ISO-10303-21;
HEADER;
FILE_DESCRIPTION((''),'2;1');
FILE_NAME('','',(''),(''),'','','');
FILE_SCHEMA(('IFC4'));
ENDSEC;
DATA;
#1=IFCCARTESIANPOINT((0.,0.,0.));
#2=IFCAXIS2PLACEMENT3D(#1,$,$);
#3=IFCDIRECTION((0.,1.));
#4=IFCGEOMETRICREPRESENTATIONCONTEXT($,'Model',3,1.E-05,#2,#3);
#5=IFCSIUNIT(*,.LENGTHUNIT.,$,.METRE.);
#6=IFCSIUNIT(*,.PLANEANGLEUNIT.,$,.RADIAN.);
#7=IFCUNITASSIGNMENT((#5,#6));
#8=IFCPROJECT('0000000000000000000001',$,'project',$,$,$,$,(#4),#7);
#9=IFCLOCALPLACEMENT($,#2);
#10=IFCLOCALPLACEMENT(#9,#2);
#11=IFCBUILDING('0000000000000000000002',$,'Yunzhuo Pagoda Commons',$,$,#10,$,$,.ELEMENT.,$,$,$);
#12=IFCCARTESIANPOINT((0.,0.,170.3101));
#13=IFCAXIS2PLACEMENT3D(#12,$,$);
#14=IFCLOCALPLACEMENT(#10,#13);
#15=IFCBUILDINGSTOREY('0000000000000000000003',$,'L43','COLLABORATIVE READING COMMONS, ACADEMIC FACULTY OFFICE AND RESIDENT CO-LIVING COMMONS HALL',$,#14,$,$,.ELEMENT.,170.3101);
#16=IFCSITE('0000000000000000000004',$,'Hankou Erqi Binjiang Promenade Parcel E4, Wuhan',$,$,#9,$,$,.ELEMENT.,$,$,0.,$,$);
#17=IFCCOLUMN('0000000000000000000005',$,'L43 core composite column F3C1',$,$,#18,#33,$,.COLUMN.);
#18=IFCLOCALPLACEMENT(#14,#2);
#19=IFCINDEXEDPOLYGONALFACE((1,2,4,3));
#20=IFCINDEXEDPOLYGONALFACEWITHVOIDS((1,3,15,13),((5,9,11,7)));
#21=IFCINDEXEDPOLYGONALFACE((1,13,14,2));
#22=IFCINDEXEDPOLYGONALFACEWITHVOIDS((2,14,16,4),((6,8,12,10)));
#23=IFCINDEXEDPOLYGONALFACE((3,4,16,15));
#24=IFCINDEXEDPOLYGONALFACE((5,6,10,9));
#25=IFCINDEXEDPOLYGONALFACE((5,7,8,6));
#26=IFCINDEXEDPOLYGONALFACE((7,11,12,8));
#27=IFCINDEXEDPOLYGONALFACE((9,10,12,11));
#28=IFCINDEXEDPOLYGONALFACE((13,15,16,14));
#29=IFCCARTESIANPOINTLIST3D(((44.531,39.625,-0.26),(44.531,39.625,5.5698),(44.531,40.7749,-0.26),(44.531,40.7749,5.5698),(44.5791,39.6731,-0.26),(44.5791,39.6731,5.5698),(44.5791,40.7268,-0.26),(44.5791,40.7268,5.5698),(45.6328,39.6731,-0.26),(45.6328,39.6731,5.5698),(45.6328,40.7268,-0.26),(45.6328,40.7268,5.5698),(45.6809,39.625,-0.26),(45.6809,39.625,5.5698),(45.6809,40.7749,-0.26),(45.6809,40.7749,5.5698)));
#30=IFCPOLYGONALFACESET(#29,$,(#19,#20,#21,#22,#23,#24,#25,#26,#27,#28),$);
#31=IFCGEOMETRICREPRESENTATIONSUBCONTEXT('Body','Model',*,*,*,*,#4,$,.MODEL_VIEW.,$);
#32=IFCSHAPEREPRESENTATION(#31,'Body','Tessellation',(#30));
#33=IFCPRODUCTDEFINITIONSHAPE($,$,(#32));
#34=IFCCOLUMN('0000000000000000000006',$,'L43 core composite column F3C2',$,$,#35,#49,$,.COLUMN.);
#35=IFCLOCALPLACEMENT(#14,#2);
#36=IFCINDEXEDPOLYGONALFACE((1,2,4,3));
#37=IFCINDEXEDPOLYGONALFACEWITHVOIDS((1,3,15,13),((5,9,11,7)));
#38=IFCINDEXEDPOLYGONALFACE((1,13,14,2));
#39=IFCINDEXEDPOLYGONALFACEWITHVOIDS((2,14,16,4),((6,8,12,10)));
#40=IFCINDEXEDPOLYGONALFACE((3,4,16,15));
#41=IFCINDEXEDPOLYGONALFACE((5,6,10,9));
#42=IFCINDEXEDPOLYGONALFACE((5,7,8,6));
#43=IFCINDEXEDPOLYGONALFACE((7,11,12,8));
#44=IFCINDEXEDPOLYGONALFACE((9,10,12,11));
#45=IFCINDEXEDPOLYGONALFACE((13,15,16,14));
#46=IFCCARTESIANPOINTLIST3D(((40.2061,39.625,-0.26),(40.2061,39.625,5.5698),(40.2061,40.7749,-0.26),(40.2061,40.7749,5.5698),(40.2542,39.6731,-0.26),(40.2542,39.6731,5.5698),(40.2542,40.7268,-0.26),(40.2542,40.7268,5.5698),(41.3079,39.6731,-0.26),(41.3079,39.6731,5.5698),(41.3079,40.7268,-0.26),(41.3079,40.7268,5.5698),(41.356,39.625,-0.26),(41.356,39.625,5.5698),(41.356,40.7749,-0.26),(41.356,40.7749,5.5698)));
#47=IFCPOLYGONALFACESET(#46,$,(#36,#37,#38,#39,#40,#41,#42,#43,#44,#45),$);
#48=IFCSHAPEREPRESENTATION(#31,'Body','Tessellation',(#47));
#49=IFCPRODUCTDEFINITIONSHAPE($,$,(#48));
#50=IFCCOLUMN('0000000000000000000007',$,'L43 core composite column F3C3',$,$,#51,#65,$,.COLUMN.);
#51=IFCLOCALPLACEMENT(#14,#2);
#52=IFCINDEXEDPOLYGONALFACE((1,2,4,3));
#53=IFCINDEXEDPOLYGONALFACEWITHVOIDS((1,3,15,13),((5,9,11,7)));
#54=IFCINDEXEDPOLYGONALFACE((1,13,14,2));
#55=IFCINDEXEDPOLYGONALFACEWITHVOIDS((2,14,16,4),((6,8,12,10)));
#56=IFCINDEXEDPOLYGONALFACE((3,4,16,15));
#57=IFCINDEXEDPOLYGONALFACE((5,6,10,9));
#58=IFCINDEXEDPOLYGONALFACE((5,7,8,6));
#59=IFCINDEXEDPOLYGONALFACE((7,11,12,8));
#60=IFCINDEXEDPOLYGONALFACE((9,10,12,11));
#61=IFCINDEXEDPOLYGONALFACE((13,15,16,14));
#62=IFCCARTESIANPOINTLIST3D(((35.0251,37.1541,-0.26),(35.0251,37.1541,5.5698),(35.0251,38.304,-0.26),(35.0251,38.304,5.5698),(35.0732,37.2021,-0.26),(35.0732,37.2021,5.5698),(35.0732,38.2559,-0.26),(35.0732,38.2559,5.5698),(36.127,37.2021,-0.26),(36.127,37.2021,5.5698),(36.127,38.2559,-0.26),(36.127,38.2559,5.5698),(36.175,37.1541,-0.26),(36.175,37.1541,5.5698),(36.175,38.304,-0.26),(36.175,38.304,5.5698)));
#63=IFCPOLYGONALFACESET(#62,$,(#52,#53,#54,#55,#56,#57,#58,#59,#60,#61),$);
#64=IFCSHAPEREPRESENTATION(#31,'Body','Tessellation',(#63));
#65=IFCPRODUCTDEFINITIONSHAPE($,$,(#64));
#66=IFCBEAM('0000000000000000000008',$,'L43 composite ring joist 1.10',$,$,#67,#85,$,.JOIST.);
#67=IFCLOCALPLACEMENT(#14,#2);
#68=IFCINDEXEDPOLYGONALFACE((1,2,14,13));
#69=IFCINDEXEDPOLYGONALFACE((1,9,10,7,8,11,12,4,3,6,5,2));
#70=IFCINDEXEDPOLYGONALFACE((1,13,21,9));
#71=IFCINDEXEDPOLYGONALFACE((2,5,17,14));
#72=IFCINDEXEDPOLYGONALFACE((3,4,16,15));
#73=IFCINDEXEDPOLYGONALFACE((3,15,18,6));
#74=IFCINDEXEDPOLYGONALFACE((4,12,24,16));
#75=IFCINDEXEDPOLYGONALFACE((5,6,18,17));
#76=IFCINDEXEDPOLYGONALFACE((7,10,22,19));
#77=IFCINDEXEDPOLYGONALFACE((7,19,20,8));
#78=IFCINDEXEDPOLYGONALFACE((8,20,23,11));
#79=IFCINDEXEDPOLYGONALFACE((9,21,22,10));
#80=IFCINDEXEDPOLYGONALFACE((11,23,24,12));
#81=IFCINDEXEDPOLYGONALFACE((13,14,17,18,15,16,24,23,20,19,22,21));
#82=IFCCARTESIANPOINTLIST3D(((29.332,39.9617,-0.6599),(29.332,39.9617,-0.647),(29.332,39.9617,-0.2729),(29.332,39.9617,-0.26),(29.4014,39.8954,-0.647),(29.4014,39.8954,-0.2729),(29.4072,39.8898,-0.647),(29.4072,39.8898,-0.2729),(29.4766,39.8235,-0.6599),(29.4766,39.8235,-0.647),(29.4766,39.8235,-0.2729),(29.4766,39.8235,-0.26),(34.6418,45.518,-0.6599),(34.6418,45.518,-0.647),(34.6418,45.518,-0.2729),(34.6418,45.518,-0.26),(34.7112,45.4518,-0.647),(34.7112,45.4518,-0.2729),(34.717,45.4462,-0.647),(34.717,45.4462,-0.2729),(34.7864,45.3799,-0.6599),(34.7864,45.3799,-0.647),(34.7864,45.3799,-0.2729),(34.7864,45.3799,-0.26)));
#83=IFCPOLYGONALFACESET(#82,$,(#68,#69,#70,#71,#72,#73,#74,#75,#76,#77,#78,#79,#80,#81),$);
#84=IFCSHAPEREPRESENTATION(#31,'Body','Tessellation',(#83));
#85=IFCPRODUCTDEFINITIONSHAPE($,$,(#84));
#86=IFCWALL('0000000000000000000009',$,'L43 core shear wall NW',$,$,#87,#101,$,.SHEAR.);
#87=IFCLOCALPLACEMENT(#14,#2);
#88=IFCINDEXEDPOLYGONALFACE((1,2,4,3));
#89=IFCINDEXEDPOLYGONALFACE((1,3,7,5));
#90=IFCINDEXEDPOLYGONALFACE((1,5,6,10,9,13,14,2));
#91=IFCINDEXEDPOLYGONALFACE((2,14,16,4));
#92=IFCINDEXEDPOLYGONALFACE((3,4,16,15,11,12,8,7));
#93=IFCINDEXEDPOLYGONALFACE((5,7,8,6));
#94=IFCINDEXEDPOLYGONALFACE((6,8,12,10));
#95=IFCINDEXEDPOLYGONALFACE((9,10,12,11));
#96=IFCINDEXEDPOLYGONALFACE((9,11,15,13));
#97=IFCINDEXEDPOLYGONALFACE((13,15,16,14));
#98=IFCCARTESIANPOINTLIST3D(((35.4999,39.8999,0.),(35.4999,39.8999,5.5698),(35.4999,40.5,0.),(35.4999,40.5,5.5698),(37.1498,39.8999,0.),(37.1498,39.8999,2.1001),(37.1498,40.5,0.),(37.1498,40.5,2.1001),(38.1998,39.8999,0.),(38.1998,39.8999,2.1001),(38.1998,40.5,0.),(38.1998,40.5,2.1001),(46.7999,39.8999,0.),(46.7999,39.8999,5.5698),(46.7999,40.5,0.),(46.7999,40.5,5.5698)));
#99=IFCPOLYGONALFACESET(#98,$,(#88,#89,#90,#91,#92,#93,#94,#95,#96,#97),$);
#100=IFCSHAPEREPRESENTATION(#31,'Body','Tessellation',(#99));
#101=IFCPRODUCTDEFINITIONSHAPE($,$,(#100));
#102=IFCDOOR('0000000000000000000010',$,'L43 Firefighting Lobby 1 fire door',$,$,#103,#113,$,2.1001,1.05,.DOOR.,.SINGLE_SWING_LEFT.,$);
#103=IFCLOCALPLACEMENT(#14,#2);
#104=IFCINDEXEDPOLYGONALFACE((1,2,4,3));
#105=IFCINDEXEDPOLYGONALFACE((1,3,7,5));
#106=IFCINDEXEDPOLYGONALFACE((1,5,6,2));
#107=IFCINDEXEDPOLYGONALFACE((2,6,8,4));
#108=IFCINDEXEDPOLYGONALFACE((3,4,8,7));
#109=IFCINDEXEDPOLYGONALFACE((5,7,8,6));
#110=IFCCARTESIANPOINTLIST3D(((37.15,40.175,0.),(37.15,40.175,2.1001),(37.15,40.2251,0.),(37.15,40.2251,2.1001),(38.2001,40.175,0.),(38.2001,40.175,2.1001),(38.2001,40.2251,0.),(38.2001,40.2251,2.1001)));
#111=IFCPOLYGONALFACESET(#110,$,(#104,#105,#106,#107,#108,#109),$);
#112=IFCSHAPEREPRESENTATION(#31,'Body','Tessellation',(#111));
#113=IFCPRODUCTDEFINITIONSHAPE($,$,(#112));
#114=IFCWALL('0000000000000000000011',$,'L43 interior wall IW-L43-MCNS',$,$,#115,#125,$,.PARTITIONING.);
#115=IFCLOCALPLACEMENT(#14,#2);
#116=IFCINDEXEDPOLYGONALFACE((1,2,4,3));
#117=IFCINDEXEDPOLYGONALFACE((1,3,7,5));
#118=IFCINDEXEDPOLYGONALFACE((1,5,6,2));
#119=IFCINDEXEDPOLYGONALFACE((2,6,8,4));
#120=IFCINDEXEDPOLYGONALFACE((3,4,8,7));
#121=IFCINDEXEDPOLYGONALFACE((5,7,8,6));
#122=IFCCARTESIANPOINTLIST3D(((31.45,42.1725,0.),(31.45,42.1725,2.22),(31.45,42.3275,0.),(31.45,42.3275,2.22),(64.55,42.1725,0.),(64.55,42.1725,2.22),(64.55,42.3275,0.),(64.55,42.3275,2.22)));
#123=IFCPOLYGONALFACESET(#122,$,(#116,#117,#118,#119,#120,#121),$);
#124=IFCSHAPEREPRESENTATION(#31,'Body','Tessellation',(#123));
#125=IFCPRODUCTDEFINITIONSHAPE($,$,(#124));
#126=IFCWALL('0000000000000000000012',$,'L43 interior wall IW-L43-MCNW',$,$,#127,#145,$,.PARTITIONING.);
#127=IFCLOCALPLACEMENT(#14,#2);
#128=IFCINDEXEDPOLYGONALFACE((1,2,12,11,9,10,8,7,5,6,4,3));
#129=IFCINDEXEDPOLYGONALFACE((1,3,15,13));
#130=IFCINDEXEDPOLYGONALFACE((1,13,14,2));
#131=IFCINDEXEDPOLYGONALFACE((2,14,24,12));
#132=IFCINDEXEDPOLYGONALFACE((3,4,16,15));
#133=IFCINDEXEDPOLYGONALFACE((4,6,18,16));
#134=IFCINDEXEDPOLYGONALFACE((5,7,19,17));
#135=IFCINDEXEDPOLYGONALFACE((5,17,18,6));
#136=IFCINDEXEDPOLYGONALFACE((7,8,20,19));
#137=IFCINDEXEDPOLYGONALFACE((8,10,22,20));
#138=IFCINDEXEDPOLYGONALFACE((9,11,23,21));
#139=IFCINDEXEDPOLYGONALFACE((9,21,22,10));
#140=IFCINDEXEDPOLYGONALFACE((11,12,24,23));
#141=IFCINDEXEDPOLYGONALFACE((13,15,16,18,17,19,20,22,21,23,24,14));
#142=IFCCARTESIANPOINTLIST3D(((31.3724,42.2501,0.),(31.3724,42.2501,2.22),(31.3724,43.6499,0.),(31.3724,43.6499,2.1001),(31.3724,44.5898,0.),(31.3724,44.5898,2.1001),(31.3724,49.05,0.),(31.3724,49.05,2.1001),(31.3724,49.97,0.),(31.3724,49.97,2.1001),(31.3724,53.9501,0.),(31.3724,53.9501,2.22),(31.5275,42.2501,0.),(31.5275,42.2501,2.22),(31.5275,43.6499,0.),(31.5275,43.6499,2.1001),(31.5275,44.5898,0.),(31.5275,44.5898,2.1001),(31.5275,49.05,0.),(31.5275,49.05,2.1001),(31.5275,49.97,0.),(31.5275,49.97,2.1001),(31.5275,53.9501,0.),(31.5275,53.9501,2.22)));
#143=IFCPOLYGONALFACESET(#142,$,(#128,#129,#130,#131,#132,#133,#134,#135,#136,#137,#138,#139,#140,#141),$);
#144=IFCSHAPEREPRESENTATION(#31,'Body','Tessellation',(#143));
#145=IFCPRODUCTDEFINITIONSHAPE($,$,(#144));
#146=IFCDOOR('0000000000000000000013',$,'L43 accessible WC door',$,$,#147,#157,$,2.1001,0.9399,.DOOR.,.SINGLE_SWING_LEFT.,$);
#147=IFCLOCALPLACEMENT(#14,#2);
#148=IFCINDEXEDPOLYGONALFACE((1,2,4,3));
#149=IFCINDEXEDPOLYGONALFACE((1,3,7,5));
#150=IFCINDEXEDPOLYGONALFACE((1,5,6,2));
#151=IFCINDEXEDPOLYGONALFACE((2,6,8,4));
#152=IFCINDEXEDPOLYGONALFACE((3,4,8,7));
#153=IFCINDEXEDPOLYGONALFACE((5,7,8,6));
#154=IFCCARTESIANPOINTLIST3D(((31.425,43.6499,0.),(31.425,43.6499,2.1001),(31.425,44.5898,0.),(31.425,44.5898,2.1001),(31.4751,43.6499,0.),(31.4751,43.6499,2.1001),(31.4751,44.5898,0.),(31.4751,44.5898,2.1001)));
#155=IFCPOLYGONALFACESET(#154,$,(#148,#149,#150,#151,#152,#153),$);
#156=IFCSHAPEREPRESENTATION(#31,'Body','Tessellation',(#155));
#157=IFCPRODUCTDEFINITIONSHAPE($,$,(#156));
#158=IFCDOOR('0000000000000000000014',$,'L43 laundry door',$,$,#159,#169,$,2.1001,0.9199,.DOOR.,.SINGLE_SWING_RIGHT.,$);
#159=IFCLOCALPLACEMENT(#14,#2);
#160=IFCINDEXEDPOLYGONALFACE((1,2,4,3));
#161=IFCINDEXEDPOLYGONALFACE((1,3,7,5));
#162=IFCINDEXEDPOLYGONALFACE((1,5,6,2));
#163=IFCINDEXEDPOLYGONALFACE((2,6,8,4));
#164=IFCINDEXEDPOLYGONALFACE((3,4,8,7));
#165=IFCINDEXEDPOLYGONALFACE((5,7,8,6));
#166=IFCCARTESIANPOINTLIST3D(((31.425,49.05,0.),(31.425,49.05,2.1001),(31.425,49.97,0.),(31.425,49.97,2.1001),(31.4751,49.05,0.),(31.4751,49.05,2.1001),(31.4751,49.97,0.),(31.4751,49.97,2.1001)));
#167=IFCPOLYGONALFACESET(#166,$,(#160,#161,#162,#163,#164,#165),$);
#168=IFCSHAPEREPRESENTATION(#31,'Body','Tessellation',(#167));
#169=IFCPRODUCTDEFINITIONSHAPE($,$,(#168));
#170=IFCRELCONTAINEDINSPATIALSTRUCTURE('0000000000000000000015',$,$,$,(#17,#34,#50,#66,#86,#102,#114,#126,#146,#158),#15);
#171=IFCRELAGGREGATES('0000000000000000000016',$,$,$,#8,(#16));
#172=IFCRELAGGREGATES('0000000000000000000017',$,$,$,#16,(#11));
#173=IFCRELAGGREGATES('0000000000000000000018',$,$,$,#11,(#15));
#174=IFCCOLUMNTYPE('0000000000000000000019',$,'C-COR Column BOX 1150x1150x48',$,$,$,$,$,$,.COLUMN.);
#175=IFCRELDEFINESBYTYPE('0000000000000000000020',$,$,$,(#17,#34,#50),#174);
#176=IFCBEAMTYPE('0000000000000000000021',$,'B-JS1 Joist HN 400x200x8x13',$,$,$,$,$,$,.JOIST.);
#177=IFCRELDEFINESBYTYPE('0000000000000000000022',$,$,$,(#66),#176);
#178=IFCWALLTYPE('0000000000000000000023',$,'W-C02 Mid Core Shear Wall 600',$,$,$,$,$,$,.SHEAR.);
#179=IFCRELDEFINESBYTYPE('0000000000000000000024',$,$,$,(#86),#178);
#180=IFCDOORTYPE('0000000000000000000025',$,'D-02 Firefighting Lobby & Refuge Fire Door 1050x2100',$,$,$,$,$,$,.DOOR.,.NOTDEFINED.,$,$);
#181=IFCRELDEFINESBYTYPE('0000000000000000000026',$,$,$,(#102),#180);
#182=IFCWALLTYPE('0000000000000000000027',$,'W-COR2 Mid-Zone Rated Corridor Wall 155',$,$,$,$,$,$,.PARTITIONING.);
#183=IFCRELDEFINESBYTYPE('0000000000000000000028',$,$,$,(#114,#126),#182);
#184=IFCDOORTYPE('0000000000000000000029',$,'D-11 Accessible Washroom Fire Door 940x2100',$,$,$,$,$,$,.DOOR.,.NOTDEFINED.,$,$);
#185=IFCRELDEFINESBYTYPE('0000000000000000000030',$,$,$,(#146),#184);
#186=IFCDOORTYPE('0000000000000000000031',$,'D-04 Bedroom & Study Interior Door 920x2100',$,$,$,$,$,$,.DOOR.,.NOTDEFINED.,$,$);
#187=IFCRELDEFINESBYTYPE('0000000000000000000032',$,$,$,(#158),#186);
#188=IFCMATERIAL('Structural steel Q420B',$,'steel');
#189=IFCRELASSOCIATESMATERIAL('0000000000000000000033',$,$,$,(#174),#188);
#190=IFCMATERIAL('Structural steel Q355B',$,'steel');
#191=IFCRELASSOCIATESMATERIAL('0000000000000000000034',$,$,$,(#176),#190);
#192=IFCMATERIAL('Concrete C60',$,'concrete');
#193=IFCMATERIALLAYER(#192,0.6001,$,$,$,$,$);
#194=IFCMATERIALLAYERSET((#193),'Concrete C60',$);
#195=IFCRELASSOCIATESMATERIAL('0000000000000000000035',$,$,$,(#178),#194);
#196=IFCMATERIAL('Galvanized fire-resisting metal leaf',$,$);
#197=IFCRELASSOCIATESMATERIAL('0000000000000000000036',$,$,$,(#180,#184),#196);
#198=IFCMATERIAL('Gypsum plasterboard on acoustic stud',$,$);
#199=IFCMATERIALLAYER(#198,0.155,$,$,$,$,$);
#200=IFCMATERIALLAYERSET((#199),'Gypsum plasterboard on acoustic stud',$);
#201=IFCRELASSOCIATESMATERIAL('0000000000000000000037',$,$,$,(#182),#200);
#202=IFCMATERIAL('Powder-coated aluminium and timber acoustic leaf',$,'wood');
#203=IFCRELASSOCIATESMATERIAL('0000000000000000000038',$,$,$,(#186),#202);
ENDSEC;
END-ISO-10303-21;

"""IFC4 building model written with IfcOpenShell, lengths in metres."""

from ifc_helpers import new_model, si_unit, direction, frame, frame_2d, origin, origin_with_axes, origin_2d, place, context, subcontext, project, spatial, rectangle, hollow_rectangle, i_section, extrude, source, transform, mapped, material, layer, layer_set, material_profile, profile_set, type_object, element, fill, save


model = new_model("IFC4")

# Units and contexts
model_context = context("Model", 3, precision=1e-05, world=origin(), true_north=direction((0.0, 1.0)))
body_context = subcontext(model_context, "Body", "Model", "MODEL_VIEW")
ifc_project = project(units=[si_unit("LENGTHUNIT", "METRE"), si_unit("PLANEANGLEUNIT", "RADIAN")], contexts=[model_context])

# Site, building, storey
site_placement = place(None, origin())
site = spatial("IfcSite", under=ifc_project, at=site_placement, Name="Hankou Erqi Binjiang Promenade Parcel E4, Wuhan", CompositionType="ELEMENT", RefElevation=0.0)
building_placement = place(site_placement, origin())
building = spatial("IfcBuilding", under=site, at=building_placement, Name="Yunzhuo Pagoda Commons", CompositionType="ELEMENT")
storey_placement = place(building_placement, frame((0.0, 0.0, 170.3101)))
storey = spatial("IfcBuildingStorey", under=building, at=storey_placement, Name="L43", Description="COLLABORATIVE READING COMMONS, ACADEMIC FACULTY OFFICE AND RESIDENT CO-LIVING COMMONS HALL", CompositionType="ELEMENT", Elevation=170.3101)

# Columns
ifc_material_1 = material(Name="Structural steel Q420B", Category="steel")
ifc_material_profile_1 = material_profile(ifc_material_1, hollow_rectangle(XDim=1.1499, YDim=1.1499, WallThickness=0.0481, at=origin_2d()), Name="Structural steel Q420B")
ifc_profile_set_1 = profile_set([ifc_material_profile_1], Name="Structural steel Q420B")
column_type = type_object("IfcColumnType", Name="C-COR Column BOX 1150x1150x48", PredefinedType="COLUMN", material=ifc_profile_set_1)
shared_shape_1 = source(origin(), body_context, "Body", "SweptSolid", [
    extrude(hollow_rectangle(XDim=1.1499, YDim=1.1499, WallThickness=0.0481, at=origin_2d()), origin(), (0.0, 0.0, 1.0), 5.8298),
])
for number, where, z_axis, x_axis, name in (
    (1, (45.106, 40.2, -0.26), (0.0, 0.0, 1.0), (1.0, 0.0, 0.0), "L43 core composite column F3C1"),
    (2, (40.781, 40.2, -0.26), (0.0, 0.0, 1.0), (1.0, 0.0, 0.0), "L43 core composite column F3C2"),
    (3, (35.6001, 37.729, -0.26), (0.0, 0.0, 1.0), (1.0, 0.0, 0.0), "L43 core composite column F3C3"),
):
    element("IfcColumn", number, at=place(storey_placement, frame(where, z_axis=z_axis, x_axis=x_axis)), inside=storey, type_object=column_type, Name=name, PredefinedType="COLUMN", context=body_context, shape_type="MappedRepresentation", body=[
        mapped(shared_shape_1, transform((0.0, 0.0, 0.0), scale=1.0)),
    ])

# Beam
ifc_material_2 = material(Name="Structural steel Q355B", Category="steel")
ifc_material_profile_2 = material_profile(ifc_material_2, i_section(OverallWidth=0.2, OverallDepth=0.3999, WebThickness=0.0081, FlangeThickness=0.0129, at=origin_2d()), Name="Structural steel Q355B")
ifc_profile_set_2 = profile_set([ifc_material_profile_2], Name="Structural steel Q355B")
beam_type = type_object("IfcBeamType", Name="B-JS1 Joist HN 400x200x8x13", PredefinedType="JOIST", material=ifc_profile_set_2)
shared_shape_2 = source(origin(), body_context, "Body", "SweptSolid", [
    extrude(i_section(OverallWidth=0.2, OverallDepth=0.3999, WebThickness=0.0081, FlangeThickness=0.0129, at=origin_2d()), origin(), (0.0, 0.0, 1.0), 7.6855),
])
beam_placement = place(storey_placement, frame((34.7141, 45.449, -0.46), z_axis=(-0.690883, -0.722967, 0.0), x_axis=(0.722967, -0.690883, 0.0)))
element("IfcBeam", 4, at=beam_placement, inside=storey, type_object=beam_type, Name="L43 composite ring joist 1.10", PredefinedType="JOIST", context=body_context, shape_type="MappedRepresentation", body=[
    mapped(shared_shape_2, transform((0.0, 0.0, 0.0), scale=1.0)),
])

# Wall, opening, door
ifc_material_3 = material(Name="Concrete C60", Category="concrete")
ifc_layer_1 = layer(ifc_material_3, 0.6001)
ifc_layer_set_1 = layer_set([ifc_layer_1], Name="Concrete C60")
wall_type_1 = type_object("IfcWallType", Name="W-C02 Mid Core Shear Wall 600", PredefinedType="SHEAR", material=ifc_layer_set_1)
wall_1_placement = place(storey_placement, frame((35.5, 40.2, 0.0), z_axis=(0.0, 0.0, 1.0), x_axis=(1.0, 0.0, 0.0)))
wall_1 = element("IfcWall", 5, at=wall_1_placement, inside=storey, type_object=wall_type_1, Name="L43 core shear wall NW", PredefinedType="SHEAR", context=body_context, shape_type="SweptSolid", body=[
    extrude(rectangle(XDim=11.3, YDim=0.6001, at=frame_2d((5.6499, 0.0))), origin(), (0.0, 0.0, 1.0), 5.5698),
])
opening_1_placement = place(wall_1_placement, frame((1.6499, 0.0, 0.0)))
opening_1 = element("IfcOpeningElement", 6, at=opening_1_placement, cuts=wall_1, PredefinedType="OPENING", context=body_context, shape_type="SweptSolid", body=[
    extrude(rectangle(XDim=1.05, YDim=2.1001, at=frame_2d((0.5249, 1.05))), frame((0.0, 0.3101, 0.0), z_axis=(0.0, -1.0, 0.0), x_axis=(1.0, 0.0, 0.0)), (0.0, 0.0, 1.0), 0.6201),
])
ifc_material_4 = material(Name="Galvanized fire-resisting metal leaf")
door_type_1 = type_object("IfcDoorType", Name="D-02 Firefighting Lobby & Refuge Fire Door 1050x2100", OperationType="NOTDEFINED", PredefinedType="DOOR", material=ifc_material_4)
shared_shape_3 = source(origin(), body_context, "Body", "SweptSolid", [
    extrude(rectangle(XDim=1.05, YDim=2.1001, at=frame_2d((0.5249, 1.05))), frame((0.0, 0.0249, 0.0), z_axis=(0.0, -1.0, 0.0), x_axis=(1.0, 0.0, 0.0)), (0.0, 0.0, 1.0), 0.05),
])
door_1_placement = place(opening_1_placement, frame((1.05, 0.0, 0.0), z_axis=(0.0, 0.0, 1.0), x_axis=(-1.0, 0.0, 0.0)))
door_1 = element("IfcDoor", 7, at=door_1_placement, inside=storey, type_object=door_type_1, Name="L43 Firefighting Lobby 1 fire door", OperationType="SINGLE_SWING_LEFT", OverallHeight=2.1001, OverallWidth=1.05, PredefinedType="DOOR", context=body_context, shape_type="MappedRepresentation", body=[
    mapped(shared_shape_3, transform((0.0, 0.0, 0.0), scale=1.0)),
])
fill(opening_1, door_1)

# Wall
ifc_material_5 = material(Name="Gypsum plasterboard on acoustic stud")
ifc_layer_2 = layer(ifc_material_5, 0.155)
ifc_layer_set_2 = layer_set([ifc_layer_2], Name="Gypsum plasterboard on acoustic stud")
wall_type_2 = type_object("IfcWallType", Name="W-COR2 Mid-Zone Rated Corridor Wall 155", PredefinedType="PARTITIONING", material=ifc_layer_set_2)
wall_2_placement = place(storey_placement, frame((31.45, 42.25, 0.0), z_axis=(0.0, 0.0, 1.0), x_axis=(1.0, 0.0, 0.0)))
element("IfcWall", 8, at=wall_2_placement, inside=storey, type_object=wall_type_2, Name="L43 interior wall IW-L43-MCNS", PredefinedType="PARTITIONING", context=body_context, shape_type="SweptSolid", body=[
    extrude(rectangle(XDim=33.1001, YDim=0.155, at=frame_2d((16.55, 0.0))), origin(), (0.0, 0.0, 1.0), 2.22),
])

# Wall, openings, doors
wall_3_placement = place(storey_placement, frame((31.45, 42.25, 0.0), z_axis=(0.0, 0.0, 1.0), x_axis=(0.0, 1.0, 0.0)))
wall_3 = element("IfcWall", 9, at=wall_3_placement, inside=storey, type_object=wall_type_2, Name="L43 interior wall IW-L43-MCNW", PredefinedType="PARTITIONING", context=body_context, shape_type="SweptSolid", body=[
    extrude(rectangle(XDim=11.7, YDim=0.155, at=frame_2d((5.8501, 0.0))), origin(), (0.0, 0.0, 1.0), 2.22),
])
opening_2_placement = place(wall_3_placement, frame((1.3999, 0.0, 0.0)))
opening_2 = element("IfcOpeningElement", 10, at=opening_2_placement, cuts=wall_3, PredefinedType="OPENING", context=body_context, shape_type="SweptSolid", body=[
    extrude(rectangle(XDim=0.9399, YDim=2.1001, at=frame_2d((0.47, 1.05))), frame((0.0, 0.0874, 0.0), z_axis=(0.0, -1.0, 0.0), x_axis=(1.0, 0.0, 0.0)), (0.0, 0.0, 1.0), 0.175),
])
opening_3_placement = place(wall_3_placement, frame((6.8, 0.0, 0.0)))
opening_3 = element("IfcOpeningElement", 11, at=opening_3_placement, cuts=wall_3, PredefinedType="OPENING", context=body_context, shape_type="SweptSolid", body=[
    extrude(rectangle(XDim=0.9199, YDim=2.1001, at=frame_2d((0.46, 1.05))), frame((0.0, 0.0874, 0.0), z_axis=(0.0, -1.0, 0.0), x_axis=(1.0, 0.0, 0.0)), (0.0, 0.0, 1.0), 0.175),
])
door_type_2 = type_object("IfcDoorType", Name="D-11 Accessible Washroom Fire Door 940x2100", OperationType="NOTDEFINED", PredefinedType="DOOR", material=ifc_material_4)
shared_shape_4 = source(origin(), body_context, "Body", "SweptSolid", [
    extrude(rectangle(XDim=0.9399, YDim=2.1001, at=frame_2d((0.47, 1.05))), frame((0.0, 0.0249, 0.0), z_axis=(0.0, -1.0, 0.0), x_axis=(1.0, 0.0, 0.0)), (0.0, 0.0, 1.0), 0.05),
])
door_2_placement = place(opening_2_placement, origin_with_axes())
door_2 = element("IfcDoor", 12, at=door_2_placement, inside=storey, type_object=door_type_2, Name="L43 accessible WC door", OperationType="SINGLE_SWING_LEFT", OverallHeight=2.1001, OverallWidth=0.9399, PredefinedType="DOOR", context=body_context, shape_type="MappedRepresentation", body=[
    mapped(shared_shape_4, transform((0.0, 0.0, 0.0), scale=1.0)),
])
fill(opening_2, door_2)
ifc_material_6 = material(Name="Powder-coated aluminium and timber acoustic leaf", Category="wood")
door_type_3 = type_object("IfcDoorType", Name="D-04 Bedroom & Study Interior Door 920x2100", OperationType="NOTDEFINED", PredefinedType="DOOR", material=ifc_material_6)
shared_shape_5 = source(origin(), body_context, "Body", "SweptSolid", [
    extrude(rectangle(XDim=0.9199, YDim=2.1001, at=frame_2d((0.46, 1.05))), frame((0.0, 0.0249, 0.0), z_axis=(0.0, -1.0, 0.0), x_axis=(1.0, 0.0, 0.0)), (0.0, 0.0, 1.0), 0.05),
])
door_3_placement = place(opening_3_placement, origin_with_axes())
door_3 = element("IfcDoor", 13, at=door_3_placement, inside=storey, type_object=door_type_3, Name="L43 laundry door", OperationType="SINGLE_SWING_RIGHT", OverallHeight=2.1001, OverallWidth=0.9199, PredefinedType="DOOR", context=body_context, shape_type="MappedRepresentation", body=[
    mapped(shared_shape_5, transform((0.0, 0.0, 0.0), scale=1.0)),
])
fill(opening_3, door_3)

save(model, "model.ifc")
